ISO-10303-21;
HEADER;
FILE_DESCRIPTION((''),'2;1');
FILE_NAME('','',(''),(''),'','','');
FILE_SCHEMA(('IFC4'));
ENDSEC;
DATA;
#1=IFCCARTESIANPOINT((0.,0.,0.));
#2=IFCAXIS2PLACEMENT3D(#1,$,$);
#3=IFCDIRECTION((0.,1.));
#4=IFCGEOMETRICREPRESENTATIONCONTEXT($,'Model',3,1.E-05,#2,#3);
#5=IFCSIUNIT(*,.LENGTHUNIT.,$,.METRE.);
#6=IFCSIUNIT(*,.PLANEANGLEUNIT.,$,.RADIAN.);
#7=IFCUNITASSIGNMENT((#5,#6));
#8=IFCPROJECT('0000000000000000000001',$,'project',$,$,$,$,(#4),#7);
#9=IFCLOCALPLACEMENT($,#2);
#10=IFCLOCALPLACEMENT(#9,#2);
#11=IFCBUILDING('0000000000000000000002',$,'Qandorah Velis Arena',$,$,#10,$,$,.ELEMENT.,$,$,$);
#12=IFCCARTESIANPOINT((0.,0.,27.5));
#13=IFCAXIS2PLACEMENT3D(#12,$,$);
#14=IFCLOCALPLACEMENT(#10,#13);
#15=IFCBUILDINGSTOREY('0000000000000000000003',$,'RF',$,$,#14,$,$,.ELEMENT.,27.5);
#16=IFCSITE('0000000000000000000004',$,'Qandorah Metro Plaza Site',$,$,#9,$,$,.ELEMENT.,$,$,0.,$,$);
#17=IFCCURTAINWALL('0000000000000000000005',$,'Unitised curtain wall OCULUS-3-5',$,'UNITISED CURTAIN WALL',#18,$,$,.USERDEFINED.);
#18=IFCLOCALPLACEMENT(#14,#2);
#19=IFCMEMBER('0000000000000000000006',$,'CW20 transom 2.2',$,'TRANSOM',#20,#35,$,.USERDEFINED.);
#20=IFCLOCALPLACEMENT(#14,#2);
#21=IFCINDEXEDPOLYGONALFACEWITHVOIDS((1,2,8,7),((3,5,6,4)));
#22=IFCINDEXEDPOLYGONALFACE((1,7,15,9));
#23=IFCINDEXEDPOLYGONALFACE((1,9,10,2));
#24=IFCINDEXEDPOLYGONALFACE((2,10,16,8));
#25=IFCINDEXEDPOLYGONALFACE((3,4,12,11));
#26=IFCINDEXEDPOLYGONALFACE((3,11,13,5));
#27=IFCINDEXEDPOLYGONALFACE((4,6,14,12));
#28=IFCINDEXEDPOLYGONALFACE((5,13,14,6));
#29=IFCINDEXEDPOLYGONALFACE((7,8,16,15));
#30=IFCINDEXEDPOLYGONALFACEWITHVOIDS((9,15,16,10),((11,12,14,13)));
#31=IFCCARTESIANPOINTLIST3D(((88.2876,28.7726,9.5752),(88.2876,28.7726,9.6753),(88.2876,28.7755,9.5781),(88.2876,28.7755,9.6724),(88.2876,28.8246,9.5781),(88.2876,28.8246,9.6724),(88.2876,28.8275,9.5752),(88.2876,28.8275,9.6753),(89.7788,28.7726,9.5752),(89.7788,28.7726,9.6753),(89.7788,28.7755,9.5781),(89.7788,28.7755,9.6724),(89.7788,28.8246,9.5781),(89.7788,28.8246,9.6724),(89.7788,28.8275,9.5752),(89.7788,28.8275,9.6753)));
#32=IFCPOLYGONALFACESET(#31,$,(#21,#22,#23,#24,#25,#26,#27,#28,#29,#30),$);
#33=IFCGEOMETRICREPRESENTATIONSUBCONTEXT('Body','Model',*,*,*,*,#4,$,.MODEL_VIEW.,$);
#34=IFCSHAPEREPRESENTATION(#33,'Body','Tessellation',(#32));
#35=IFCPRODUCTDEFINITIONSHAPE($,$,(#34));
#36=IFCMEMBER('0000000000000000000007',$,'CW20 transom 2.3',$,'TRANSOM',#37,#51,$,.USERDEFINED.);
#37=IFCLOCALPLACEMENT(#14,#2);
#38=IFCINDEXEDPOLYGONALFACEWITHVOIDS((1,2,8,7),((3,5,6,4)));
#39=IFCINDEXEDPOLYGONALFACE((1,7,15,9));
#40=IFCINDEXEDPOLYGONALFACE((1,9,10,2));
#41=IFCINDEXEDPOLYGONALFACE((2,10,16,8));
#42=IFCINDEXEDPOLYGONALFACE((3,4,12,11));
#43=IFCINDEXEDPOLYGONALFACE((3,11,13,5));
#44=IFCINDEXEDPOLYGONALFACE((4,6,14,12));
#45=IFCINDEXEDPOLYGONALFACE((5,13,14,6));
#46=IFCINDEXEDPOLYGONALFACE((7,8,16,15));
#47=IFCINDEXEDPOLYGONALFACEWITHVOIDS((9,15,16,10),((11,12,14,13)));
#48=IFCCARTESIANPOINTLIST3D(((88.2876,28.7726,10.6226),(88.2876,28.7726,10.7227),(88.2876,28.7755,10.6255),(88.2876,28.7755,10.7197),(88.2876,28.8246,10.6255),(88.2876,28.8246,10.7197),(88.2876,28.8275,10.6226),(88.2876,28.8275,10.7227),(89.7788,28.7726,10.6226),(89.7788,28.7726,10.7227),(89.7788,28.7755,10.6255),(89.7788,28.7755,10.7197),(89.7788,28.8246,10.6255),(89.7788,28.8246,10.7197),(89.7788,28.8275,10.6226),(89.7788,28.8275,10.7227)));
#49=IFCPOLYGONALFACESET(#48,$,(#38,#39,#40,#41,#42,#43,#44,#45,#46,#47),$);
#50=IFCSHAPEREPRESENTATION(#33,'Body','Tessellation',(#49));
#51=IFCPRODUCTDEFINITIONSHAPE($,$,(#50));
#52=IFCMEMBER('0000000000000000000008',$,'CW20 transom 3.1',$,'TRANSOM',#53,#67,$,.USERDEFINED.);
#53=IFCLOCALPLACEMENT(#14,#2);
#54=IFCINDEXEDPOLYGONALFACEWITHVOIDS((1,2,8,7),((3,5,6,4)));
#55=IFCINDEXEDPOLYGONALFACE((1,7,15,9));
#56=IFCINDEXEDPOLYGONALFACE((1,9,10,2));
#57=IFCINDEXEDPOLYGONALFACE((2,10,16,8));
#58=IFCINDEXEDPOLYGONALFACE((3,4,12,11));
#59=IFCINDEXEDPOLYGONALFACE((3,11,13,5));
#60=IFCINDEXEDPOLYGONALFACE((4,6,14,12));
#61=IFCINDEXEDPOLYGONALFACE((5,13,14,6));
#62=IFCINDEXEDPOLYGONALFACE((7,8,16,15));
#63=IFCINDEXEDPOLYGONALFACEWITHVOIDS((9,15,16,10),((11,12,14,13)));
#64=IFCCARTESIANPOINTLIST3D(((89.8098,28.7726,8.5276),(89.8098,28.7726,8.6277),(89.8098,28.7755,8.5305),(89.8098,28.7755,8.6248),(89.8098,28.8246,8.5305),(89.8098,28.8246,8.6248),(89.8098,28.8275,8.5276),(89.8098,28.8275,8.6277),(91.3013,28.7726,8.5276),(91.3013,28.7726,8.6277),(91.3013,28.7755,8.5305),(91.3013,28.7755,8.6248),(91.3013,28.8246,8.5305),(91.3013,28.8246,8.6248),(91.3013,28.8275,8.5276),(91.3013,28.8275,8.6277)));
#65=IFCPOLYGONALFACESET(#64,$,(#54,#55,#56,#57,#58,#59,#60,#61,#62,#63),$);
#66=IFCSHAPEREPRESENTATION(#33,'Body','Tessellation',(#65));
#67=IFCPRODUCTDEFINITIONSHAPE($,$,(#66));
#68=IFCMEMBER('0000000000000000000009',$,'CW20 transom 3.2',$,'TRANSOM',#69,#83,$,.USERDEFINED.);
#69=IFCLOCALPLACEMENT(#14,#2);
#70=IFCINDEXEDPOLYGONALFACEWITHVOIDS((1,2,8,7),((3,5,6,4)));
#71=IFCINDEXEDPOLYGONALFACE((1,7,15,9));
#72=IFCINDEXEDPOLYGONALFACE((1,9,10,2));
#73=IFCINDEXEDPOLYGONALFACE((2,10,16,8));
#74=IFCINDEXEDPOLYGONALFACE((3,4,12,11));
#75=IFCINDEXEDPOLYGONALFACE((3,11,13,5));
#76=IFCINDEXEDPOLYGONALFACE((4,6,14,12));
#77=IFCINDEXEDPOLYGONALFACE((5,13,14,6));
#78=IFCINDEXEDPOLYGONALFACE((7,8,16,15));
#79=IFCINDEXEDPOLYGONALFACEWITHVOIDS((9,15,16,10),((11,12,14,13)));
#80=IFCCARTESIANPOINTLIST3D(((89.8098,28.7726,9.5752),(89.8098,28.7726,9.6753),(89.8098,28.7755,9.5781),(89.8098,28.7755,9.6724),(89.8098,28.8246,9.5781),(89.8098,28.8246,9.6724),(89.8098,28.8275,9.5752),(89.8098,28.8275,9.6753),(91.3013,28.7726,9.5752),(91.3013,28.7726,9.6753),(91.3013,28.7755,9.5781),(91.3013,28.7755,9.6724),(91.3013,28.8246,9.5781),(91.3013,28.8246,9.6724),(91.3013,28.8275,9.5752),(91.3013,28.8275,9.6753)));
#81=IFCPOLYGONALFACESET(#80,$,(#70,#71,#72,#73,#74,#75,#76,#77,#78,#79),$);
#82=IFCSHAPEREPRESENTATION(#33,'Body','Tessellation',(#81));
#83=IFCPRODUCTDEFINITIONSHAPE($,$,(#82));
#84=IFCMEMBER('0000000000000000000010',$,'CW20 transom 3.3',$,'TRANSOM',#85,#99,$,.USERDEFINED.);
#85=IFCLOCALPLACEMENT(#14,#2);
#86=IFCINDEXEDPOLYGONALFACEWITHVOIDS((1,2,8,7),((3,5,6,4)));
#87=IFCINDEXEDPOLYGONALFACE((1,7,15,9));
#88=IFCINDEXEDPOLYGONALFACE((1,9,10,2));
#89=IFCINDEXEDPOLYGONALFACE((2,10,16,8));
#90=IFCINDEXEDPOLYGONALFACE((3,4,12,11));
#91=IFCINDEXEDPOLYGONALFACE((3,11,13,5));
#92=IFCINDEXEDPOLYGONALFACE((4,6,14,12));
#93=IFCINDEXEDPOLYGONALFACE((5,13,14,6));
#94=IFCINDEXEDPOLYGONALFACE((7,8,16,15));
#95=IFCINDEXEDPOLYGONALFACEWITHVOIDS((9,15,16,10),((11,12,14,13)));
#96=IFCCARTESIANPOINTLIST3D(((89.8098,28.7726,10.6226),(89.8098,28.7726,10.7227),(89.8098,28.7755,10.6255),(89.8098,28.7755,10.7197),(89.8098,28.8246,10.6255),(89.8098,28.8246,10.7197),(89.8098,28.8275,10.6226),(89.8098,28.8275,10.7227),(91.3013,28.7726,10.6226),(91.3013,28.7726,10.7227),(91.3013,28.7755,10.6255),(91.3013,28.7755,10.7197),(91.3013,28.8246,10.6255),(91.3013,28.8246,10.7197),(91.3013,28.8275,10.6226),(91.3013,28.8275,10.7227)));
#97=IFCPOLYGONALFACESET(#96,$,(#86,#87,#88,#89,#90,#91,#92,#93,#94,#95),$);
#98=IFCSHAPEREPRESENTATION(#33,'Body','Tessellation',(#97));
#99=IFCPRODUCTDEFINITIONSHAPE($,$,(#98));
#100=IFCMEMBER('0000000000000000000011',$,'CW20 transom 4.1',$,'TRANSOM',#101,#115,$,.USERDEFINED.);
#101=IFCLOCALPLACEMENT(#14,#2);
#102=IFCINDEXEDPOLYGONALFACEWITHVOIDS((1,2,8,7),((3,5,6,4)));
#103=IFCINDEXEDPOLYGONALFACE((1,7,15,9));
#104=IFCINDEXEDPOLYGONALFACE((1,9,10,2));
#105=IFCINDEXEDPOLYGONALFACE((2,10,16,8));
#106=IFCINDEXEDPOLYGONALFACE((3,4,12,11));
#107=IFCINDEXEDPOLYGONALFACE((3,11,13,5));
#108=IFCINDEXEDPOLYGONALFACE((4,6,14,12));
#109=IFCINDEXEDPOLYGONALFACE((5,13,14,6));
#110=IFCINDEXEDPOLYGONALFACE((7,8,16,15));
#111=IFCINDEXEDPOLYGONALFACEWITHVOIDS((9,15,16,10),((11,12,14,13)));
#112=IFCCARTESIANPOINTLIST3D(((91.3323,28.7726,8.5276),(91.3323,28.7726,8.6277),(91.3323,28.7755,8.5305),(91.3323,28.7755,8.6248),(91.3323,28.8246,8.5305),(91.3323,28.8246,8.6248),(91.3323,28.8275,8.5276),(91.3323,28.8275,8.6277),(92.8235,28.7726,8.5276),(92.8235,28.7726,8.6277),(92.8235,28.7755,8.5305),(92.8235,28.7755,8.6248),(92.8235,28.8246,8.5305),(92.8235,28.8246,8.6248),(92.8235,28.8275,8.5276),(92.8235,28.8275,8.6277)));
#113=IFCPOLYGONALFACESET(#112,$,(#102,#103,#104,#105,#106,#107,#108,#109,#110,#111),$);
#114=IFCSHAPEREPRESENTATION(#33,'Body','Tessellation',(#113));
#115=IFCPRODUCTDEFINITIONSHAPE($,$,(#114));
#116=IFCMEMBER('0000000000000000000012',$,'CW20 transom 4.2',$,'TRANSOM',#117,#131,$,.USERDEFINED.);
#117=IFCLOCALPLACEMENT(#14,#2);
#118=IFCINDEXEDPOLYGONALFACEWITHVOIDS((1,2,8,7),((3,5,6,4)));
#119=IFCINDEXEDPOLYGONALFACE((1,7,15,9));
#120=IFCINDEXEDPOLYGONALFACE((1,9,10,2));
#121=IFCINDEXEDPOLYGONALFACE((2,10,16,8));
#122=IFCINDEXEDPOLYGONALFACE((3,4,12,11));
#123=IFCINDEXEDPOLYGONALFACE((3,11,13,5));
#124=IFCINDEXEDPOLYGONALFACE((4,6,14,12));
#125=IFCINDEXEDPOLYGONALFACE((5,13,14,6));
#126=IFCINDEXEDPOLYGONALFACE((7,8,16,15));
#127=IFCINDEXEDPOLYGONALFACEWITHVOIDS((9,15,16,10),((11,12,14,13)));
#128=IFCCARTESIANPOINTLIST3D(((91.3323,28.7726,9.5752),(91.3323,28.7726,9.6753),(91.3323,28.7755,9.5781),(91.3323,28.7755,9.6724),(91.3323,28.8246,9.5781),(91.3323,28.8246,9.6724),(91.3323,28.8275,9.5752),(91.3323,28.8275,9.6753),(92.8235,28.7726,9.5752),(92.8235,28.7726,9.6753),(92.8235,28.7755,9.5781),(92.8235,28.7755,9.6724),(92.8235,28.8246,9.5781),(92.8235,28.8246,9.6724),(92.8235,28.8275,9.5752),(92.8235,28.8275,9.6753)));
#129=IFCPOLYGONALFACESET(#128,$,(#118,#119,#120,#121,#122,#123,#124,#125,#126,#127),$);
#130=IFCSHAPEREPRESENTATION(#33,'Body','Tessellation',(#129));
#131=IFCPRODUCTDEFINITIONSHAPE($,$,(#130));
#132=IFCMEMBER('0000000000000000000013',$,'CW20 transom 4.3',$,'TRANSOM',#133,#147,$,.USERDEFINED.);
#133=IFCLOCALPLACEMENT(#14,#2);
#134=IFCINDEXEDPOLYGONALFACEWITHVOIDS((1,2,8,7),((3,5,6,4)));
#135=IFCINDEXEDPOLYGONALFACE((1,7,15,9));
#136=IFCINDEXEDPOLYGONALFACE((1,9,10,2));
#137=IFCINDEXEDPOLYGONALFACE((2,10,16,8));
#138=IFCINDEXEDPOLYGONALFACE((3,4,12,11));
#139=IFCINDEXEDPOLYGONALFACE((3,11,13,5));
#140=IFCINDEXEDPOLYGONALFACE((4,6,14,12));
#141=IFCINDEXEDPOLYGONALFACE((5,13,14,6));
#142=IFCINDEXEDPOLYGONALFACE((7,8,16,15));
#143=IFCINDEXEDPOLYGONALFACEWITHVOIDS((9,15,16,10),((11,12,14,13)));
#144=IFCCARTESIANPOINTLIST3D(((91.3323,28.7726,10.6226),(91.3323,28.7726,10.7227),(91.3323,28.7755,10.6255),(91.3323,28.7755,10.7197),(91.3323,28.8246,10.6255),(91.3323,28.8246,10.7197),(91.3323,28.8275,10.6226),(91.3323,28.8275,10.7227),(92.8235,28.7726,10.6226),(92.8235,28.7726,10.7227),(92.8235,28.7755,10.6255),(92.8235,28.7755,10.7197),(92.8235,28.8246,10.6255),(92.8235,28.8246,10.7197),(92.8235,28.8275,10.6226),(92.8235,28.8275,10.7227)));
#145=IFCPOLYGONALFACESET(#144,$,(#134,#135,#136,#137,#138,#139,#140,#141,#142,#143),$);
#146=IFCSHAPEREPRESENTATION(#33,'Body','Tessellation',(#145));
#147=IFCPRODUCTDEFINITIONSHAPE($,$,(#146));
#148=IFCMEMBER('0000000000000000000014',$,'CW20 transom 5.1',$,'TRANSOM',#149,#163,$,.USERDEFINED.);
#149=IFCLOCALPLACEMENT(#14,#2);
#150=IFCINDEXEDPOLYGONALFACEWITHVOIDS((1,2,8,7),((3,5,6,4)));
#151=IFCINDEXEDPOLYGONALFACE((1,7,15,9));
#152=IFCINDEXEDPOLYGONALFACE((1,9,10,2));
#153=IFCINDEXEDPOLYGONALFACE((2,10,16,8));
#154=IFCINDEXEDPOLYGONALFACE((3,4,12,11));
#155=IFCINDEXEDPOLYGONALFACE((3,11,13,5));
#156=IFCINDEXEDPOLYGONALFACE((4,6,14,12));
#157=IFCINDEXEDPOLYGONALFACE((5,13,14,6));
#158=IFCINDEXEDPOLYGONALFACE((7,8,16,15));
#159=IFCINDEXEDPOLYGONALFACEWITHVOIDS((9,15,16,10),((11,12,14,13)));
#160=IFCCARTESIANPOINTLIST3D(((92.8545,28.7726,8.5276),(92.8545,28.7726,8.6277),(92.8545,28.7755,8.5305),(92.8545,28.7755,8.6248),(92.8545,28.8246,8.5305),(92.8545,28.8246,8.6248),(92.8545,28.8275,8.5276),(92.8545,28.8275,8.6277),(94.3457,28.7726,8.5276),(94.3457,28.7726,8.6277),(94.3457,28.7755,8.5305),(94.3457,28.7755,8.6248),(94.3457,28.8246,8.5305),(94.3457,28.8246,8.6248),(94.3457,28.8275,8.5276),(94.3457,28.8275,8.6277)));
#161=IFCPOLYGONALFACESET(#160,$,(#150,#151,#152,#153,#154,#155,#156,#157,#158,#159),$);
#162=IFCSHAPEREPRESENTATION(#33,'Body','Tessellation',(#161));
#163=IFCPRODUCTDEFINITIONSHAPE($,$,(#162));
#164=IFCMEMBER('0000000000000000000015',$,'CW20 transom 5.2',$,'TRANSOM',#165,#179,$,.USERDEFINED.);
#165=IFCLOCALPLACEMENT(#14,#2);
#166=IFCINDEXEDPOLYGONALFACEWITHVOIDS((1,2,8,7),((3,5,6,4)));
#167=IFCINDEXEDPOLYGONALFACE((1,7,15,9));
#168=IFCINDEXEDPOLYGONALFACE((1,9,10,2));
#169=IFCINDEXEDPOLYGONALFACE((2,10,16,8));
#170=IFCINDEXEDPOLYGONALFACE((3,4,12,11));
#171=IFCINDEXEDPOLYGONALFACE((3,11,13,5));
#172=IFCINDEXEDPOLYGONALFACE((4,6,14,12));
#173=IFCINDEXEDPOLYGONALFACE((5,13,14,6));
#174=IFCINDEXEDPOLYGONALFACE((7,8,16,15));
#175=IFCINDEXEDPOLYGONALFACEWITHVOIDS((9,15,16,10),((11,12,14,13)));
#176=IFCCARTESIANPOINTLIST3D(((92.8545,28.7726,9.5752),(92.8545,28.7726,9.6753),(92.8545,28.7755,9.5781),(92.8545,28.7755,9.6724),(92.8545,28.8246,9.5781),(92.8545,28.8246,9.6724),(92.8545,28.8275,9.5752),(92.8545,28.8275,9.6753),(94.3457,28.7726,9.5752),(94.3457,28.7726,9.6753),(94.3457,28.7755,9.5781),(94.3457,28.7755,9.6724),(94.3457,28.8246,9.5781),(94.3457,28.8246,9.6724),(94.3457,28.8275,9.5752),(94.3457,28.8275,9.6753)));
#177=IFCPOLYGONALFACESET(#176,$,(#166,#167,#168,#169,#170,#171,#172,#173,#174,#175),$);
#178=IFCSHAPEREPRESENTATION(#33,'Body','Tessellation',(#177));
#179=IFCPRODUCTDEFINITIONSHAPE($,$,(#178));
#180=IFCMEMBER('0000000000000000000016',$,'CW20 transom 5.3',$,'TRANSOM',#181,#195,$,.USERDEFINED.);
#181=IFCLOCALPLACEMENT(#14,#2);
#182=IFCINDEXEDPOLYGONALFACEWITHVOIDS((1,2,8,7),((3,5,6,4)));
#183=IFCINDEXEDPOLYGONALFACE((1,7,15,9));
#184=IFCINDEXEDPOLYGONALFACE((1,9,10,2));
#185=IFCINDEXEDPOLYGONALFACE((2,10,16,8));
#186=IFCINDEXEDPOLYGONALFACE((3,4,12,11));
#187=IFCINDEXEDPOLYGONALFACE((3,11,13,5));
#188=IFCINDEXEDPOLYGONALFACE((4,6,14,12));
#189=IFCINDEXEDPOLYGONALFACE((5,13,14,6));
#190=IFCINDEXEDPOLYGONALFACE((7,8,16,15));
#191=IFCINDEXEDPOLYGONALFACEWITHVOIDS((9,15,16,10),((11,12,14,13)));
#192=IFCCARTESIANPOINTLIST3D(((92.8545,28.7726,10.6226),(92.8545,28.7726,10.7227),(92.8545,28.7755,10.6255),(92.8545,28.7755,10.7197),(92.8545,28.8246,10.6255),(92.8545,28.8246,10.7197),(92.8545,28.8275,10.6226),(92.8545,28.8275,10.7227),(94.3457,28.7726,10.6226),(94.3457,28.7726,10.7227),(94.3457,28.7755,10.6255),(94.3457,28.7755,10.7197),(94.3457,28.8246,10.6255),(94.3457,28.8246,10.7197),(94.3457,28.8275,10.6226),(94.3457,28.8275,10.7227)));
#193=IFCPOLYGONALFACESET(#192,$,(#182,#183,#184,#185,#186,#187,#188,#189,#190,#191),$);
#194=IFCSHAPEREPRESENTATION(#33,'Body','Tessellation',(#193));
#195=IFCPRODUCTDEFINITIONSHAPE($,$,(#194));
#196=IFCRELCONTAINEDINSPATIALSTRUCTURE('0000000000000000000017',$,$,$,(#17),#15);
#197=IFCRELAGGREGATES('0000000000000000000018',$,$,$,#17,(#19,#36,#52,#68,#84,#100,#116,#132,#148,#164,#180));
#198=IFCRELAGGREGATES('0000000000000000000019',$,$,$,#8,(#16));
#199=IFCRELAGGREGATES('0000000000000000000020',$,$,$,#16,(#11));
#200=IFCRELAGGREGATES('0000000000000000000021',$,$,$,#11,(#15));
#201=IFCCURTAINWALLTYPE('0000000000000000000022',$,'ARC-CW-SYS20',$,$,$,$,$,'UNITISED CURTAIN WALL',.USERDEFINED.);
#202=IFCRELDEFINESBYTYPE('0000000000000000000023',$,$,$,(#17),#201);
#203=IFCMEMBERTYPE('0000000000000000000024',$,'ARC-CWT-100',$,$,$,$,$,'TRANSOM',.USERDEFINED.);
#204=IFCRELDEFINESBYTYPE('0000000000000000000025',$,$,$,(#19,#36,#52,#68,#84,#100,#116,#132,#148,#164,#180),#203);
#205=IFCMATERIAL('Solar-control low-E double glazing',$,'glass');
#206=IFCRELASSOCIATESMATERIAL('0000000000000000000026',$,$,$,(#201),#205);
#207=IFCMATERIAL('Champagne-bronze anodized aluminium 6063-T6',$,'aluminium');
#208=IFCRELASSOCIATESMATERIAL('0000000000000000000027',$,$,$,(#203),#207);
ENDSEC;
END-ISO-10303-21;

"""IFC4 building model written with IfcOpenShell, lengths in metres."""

from ifc_helpers import new_model, si_unit, direction, frame, origin, origin_2d, place, context, subcontext, project, spatial, hollow_rectangle, extrude, material, material_profile, profile_set, type_object, element, aggregate, save


model = new_model("IFC4")

# Units and contexts
model_context = context("Model", 3, precision=1e-05, world=origin(), true_north=direction((0.0, 1.0)))
body_context = subcontext(model_context, "Body", "Model", "MODEL_VIEW")
ifc_project = project(units=[si_unit("LENGTHUNIT", "METRE"), si_unit("PLANEANGLEUNIT", "RADIAN")], contexts=[model_context])

# Site, building, storey
site_placement = place(None, origin())
site = spatial("IfcSite", under=ifc_project, at=site_placement, Name="Qandorah Metro Plaza Site", CompositionType="ELEMENT", RefElevation=0.0)
building_placement = place(site_placement, origin())
building = spatial("IfcBuilding", under=site, at=building_placement, Name="Qandorah Velis Arena", CompositionType="ELEMENT")
storey_placement = place(building_placement, frame((0.0, 0.0, 27.5)))
storey = spatial("IfcBuildingStorey", under=building, at=storey_placement, Name="RF", CompositionType="ELEMENT", Elevation=27.5)

# Curtain wall, members
ifc_material_1 = material(Name="Solar-control low-E double glazing", Category="glass")
curtain_wall_type = type_object("IfcCurtainWallType", Name="ARC-CW-SYS20", ElementType="UNITISED CURTAIN WALL", PredefinedType="USERDEFINED", material=ifc_material_1)
curtain_wall_placement = place(storey_placement, origin())
curtain_wall = element("IfcCurtainWall", 1, at=curtain_wall_placement, inside=storey, type_object=curtain_wall_type, Name="Unitised curtain wall OCULUS-3-5", ObjectType="UNITISED CURTAIN WALL", PredefinedType="USERDEFINED")
ifc_material_2 = material(Name="Champagne-bronze anodized aluminium 6063-T6", Category="aluminium")
ifc_material_profile_1 = material_profile(ifc_material_2, hollow_rectangle(XDim=0.0549, YDim=0.1001, WallThickness=0.0029, at=origin_2d()), Name="ALU TRANSOM 55x100")
ifc_profile_set_1 = profile_set([ifc_material_profile_1], Name="Champagne-bronze anodized aluminium 6063-T6")
member_type_1 = type_object("IfcMemberType", Name="ARC-CWT-100", ElementType="TRANSOM", PredefinedType="USERDEFINED", material=ifc_profile_set_1)
member_1_placement = place(storey_placement, frame((88.2876, 28.8, 9.6252), z_axis=(1.0, 0.0, 0.0), x_axis=(0.0, 1.0, 0.0)))
member_1 = element("IfcMember", 2, at=member_1_placement, type_object=member_type_1, Name="CW20 transom 2.2", ObjectType="TRANSOM", PredefinedType="USERDEFINED", context=body_context, shape_type="SweptSolid", body=[
    extrude(hollow_rectangle(XDim=0.0549, YDim=0.1001, WallThickness=0.0029, at=origin_2d()), origin(), (0.0, 0.0, 1.0), 1.4912),
])
member_2_placement = place(storey_placement, frame((88.2876, 28.8, 10.6726), z_axis=(1.0, 0.0, 0.0), x_axis=(0.0, 1.0, 0.0)))
member_2 = element("IfcMember", 3, at=member_2_placement, type_object=member_type_1, Name="CW20 transom 2.3", ObjectType="TRANSOM", PredefinedType="USERDEFINED", context=body_context, shape_type="SweptSolid", body=[
    extrude(hollow_rectangle(XDim=0.0549, YDim=0.1001, WallThickness=0.0029, at=origin_2d()), origin(), (0.0, 0.0, 1.0), 1.4912),
])
member_3_placement = place(storey_placement, frame((89.8098, 28.8, 8.5776), z_axis=(1.0, 0.0, 0.0), x_axis=(0.0, 1.0, 0.0)))
member_3 = element("IfcMember", 4, at=member_3_placement, type_object=member_type_1, Name="CW20 transom 3.1", ObjectType="TRANSOM", PredefinedType="USERDEFINED", context=body_context, shape_type="SweptSolid", body=[
    extrude(hollow_rectangle(XDim=0.0549, YDim=0.1001, WallThickness=0.0029, at=origin_2d()), origin(), (0.0, 0.0, 1.0), 1.4915),
])
member_4_placement = place(storey_placement, frame((89.8098, 28.8, 9.6252), z_axis=(1.0, 0.0, 0.0), x_axis=(0.0, 1.0, 0.0)))
member_4 = element("IfcMember", 5, at=member_4_placement, type_object=member_type_1, Name="CW20 transom 3.2", ObjectType="TRANSOM", PredefinedType="USERDEFINED", context=body_context, shape_type="SweptSolid", body=[
    extrude(hollow_rectangle(XDim=0.0549, YDim=0.1001, WallThickness=0.0029, at=origin_2d()), origin(), (0.0, 0.0, 1.0), 1.4915),
])
member_5_placement = place(storey_placement, frame((89.8098, 28.8, 10.6726), z_axis=(1.0, 0.0, 0.0), x_axis=(0.0, 1.0, 0.0)))
member_5 = element("IfcMember", 6, at=member_5_placement, type_object=member_type_1, Name="CW20 transom 3.3", ObjectType="TRANSOM", PredefinedType="USERDEFINED", context=body_context, shape_type="SweptSolid", body=[
    extrude(hollow_rectangle(XDim=0.0549, YDim=0.1001, WallThickness=0.0029, at=origin_2d()), origin(), (0.0, 0.0, 1.0), 1.4915),
])
member_6_placement = place(storey_placement, frame((91.3323, 28.8, 8.5776), z_axis=(1.0, 0.0, 0.0), x_axis=(0.0, 1.0, 0.0)))
member_6 = element("IfcMember", 7, at=member_6_placement, type_object=member_type_1, Name="CW20 transom 4.1", ObjectType="TRANSOM", PredefinedType="USERDEFINED", context=body_context, shape_type="SweptSolid", body=[
    extrude(hollow_rectangle(XDim=0.0549, YDim=0.1001, WallThickness=0.0029, at=origin_2d()), origin(), (0.0, 0.0, 1.0), 1.4912),
])
member_7_placement = place(storey_placement, frame((91.3323, 28.8, 9.6252), z_axis=(1.0, 0.0, 0.0), x_axis=(0.0, 1.0, 0.0)))
member_7 = element("IfcMember", 8, at=member_7_placement, type_object=member_type_1, Name="CW20 transom 4.2", ObjectType="TRANSOM", PredefinedType="USERDEFINED", context=body_context, shape_type="SweptSolid", body=[
    extrude(hollow_rectangle(XDim=0.0549, YDim=0.1001, WallThickness=0.0029, at=origin_2d()), origin(), (0.0, 0.0, 1.0), 1.4912),
])
member_8_placement = place(storey_placement, frame((91.3323, 28.8, 10.6726), z_axis=(1.0, 0.0, 0.0), x_axis=(0.0, 1.0, 0.0)))
member_8 = element("IfcMember", 9, at=member_8_placement, type_object=member_type_1, Name="CW20 transom 4.3", ObjectType="TRANSOM", PredefinedType="USERDEFINED", context=body_context, shape_type="SweptSolid", body=[
    extrude(hollow_rectangle(XDim=0.0549, YDim=0.1001, WallThickness=0.0029, at=origin_2d()), origin(), (0.0, 0.0, 1.0), 1.4912),
])
member_9_placement = place(storey_placement, frame((92.8545, 28.8, 8.5776), z_axis=(1.0, 0.0, 0.0), x_axis=(0.0, 1.0, 0.0)))
member_9 = element("IfcMember", 10, at=member_9_placement, type_object=member_type_1, Name="CW20 transom 5.1", ObjectType="TRANSOM", PredefinedType="USERDEFINED", context=body_context, shape_type="SweptSolid", body=[
    extrude(hollow_rectangle(XDim=0.0549, YDim=0.1001, WallThickness=0.0029, at=origin_2d()), origin(), (0.0, 0.0, 1.0), 1.4912),
])
member_10_placement = place(storey_placement, frame((92.8545, 28.8, 9.6252), z_axis=(1.0, 0.0, 0.0), x_axis=(0.0, 1.0, 0.0)))
member_10 = element("IfcMember", 11, at=member_10_placement, type_object=member_type_1, Name="CW20 transom 5.2", ObjectType="TRANSOM", PredefinedType="USERDEFINED", context=body_context, shape_type="SweptSolid", body=[
    extrude(hollow_rectangle(XDim=0.0549, YDim=0.1001, WallThickness=0.0029, at=origin_2d()), origin(), (0.0, 0.0, 1.0), 1.4912),
])
member_11_placement = place(storey_placement, frame((92.8545, 28.8, 10.6726), z_axis=(1.0, 0.0, 0.0), x_axis=(0.0, 1.0, 0.0)))
member_11 = element("IfcMember", 12, at=member_11_placement, type_object=member_type_1, Name="CW20 transom 5.3", ObjectType="TRANSOM", PredefinedType="USERDEFINED", context=body_context, shape_type="SweptSolid", body=[
    extrude(hollow_rectangle(XDim=0.0549, YDim=0.1001, WallThickness=0.0029, at=origin_2d()), origin(), (0.0, 0.0, 1.0), 1.4912),
])
aggregate(curtain_wall, [member_1, member_2, member_3, member_4, member_5, member_6, member_7, member_8, member_9, member_10, member_11])

save(model, "model.ifc")
